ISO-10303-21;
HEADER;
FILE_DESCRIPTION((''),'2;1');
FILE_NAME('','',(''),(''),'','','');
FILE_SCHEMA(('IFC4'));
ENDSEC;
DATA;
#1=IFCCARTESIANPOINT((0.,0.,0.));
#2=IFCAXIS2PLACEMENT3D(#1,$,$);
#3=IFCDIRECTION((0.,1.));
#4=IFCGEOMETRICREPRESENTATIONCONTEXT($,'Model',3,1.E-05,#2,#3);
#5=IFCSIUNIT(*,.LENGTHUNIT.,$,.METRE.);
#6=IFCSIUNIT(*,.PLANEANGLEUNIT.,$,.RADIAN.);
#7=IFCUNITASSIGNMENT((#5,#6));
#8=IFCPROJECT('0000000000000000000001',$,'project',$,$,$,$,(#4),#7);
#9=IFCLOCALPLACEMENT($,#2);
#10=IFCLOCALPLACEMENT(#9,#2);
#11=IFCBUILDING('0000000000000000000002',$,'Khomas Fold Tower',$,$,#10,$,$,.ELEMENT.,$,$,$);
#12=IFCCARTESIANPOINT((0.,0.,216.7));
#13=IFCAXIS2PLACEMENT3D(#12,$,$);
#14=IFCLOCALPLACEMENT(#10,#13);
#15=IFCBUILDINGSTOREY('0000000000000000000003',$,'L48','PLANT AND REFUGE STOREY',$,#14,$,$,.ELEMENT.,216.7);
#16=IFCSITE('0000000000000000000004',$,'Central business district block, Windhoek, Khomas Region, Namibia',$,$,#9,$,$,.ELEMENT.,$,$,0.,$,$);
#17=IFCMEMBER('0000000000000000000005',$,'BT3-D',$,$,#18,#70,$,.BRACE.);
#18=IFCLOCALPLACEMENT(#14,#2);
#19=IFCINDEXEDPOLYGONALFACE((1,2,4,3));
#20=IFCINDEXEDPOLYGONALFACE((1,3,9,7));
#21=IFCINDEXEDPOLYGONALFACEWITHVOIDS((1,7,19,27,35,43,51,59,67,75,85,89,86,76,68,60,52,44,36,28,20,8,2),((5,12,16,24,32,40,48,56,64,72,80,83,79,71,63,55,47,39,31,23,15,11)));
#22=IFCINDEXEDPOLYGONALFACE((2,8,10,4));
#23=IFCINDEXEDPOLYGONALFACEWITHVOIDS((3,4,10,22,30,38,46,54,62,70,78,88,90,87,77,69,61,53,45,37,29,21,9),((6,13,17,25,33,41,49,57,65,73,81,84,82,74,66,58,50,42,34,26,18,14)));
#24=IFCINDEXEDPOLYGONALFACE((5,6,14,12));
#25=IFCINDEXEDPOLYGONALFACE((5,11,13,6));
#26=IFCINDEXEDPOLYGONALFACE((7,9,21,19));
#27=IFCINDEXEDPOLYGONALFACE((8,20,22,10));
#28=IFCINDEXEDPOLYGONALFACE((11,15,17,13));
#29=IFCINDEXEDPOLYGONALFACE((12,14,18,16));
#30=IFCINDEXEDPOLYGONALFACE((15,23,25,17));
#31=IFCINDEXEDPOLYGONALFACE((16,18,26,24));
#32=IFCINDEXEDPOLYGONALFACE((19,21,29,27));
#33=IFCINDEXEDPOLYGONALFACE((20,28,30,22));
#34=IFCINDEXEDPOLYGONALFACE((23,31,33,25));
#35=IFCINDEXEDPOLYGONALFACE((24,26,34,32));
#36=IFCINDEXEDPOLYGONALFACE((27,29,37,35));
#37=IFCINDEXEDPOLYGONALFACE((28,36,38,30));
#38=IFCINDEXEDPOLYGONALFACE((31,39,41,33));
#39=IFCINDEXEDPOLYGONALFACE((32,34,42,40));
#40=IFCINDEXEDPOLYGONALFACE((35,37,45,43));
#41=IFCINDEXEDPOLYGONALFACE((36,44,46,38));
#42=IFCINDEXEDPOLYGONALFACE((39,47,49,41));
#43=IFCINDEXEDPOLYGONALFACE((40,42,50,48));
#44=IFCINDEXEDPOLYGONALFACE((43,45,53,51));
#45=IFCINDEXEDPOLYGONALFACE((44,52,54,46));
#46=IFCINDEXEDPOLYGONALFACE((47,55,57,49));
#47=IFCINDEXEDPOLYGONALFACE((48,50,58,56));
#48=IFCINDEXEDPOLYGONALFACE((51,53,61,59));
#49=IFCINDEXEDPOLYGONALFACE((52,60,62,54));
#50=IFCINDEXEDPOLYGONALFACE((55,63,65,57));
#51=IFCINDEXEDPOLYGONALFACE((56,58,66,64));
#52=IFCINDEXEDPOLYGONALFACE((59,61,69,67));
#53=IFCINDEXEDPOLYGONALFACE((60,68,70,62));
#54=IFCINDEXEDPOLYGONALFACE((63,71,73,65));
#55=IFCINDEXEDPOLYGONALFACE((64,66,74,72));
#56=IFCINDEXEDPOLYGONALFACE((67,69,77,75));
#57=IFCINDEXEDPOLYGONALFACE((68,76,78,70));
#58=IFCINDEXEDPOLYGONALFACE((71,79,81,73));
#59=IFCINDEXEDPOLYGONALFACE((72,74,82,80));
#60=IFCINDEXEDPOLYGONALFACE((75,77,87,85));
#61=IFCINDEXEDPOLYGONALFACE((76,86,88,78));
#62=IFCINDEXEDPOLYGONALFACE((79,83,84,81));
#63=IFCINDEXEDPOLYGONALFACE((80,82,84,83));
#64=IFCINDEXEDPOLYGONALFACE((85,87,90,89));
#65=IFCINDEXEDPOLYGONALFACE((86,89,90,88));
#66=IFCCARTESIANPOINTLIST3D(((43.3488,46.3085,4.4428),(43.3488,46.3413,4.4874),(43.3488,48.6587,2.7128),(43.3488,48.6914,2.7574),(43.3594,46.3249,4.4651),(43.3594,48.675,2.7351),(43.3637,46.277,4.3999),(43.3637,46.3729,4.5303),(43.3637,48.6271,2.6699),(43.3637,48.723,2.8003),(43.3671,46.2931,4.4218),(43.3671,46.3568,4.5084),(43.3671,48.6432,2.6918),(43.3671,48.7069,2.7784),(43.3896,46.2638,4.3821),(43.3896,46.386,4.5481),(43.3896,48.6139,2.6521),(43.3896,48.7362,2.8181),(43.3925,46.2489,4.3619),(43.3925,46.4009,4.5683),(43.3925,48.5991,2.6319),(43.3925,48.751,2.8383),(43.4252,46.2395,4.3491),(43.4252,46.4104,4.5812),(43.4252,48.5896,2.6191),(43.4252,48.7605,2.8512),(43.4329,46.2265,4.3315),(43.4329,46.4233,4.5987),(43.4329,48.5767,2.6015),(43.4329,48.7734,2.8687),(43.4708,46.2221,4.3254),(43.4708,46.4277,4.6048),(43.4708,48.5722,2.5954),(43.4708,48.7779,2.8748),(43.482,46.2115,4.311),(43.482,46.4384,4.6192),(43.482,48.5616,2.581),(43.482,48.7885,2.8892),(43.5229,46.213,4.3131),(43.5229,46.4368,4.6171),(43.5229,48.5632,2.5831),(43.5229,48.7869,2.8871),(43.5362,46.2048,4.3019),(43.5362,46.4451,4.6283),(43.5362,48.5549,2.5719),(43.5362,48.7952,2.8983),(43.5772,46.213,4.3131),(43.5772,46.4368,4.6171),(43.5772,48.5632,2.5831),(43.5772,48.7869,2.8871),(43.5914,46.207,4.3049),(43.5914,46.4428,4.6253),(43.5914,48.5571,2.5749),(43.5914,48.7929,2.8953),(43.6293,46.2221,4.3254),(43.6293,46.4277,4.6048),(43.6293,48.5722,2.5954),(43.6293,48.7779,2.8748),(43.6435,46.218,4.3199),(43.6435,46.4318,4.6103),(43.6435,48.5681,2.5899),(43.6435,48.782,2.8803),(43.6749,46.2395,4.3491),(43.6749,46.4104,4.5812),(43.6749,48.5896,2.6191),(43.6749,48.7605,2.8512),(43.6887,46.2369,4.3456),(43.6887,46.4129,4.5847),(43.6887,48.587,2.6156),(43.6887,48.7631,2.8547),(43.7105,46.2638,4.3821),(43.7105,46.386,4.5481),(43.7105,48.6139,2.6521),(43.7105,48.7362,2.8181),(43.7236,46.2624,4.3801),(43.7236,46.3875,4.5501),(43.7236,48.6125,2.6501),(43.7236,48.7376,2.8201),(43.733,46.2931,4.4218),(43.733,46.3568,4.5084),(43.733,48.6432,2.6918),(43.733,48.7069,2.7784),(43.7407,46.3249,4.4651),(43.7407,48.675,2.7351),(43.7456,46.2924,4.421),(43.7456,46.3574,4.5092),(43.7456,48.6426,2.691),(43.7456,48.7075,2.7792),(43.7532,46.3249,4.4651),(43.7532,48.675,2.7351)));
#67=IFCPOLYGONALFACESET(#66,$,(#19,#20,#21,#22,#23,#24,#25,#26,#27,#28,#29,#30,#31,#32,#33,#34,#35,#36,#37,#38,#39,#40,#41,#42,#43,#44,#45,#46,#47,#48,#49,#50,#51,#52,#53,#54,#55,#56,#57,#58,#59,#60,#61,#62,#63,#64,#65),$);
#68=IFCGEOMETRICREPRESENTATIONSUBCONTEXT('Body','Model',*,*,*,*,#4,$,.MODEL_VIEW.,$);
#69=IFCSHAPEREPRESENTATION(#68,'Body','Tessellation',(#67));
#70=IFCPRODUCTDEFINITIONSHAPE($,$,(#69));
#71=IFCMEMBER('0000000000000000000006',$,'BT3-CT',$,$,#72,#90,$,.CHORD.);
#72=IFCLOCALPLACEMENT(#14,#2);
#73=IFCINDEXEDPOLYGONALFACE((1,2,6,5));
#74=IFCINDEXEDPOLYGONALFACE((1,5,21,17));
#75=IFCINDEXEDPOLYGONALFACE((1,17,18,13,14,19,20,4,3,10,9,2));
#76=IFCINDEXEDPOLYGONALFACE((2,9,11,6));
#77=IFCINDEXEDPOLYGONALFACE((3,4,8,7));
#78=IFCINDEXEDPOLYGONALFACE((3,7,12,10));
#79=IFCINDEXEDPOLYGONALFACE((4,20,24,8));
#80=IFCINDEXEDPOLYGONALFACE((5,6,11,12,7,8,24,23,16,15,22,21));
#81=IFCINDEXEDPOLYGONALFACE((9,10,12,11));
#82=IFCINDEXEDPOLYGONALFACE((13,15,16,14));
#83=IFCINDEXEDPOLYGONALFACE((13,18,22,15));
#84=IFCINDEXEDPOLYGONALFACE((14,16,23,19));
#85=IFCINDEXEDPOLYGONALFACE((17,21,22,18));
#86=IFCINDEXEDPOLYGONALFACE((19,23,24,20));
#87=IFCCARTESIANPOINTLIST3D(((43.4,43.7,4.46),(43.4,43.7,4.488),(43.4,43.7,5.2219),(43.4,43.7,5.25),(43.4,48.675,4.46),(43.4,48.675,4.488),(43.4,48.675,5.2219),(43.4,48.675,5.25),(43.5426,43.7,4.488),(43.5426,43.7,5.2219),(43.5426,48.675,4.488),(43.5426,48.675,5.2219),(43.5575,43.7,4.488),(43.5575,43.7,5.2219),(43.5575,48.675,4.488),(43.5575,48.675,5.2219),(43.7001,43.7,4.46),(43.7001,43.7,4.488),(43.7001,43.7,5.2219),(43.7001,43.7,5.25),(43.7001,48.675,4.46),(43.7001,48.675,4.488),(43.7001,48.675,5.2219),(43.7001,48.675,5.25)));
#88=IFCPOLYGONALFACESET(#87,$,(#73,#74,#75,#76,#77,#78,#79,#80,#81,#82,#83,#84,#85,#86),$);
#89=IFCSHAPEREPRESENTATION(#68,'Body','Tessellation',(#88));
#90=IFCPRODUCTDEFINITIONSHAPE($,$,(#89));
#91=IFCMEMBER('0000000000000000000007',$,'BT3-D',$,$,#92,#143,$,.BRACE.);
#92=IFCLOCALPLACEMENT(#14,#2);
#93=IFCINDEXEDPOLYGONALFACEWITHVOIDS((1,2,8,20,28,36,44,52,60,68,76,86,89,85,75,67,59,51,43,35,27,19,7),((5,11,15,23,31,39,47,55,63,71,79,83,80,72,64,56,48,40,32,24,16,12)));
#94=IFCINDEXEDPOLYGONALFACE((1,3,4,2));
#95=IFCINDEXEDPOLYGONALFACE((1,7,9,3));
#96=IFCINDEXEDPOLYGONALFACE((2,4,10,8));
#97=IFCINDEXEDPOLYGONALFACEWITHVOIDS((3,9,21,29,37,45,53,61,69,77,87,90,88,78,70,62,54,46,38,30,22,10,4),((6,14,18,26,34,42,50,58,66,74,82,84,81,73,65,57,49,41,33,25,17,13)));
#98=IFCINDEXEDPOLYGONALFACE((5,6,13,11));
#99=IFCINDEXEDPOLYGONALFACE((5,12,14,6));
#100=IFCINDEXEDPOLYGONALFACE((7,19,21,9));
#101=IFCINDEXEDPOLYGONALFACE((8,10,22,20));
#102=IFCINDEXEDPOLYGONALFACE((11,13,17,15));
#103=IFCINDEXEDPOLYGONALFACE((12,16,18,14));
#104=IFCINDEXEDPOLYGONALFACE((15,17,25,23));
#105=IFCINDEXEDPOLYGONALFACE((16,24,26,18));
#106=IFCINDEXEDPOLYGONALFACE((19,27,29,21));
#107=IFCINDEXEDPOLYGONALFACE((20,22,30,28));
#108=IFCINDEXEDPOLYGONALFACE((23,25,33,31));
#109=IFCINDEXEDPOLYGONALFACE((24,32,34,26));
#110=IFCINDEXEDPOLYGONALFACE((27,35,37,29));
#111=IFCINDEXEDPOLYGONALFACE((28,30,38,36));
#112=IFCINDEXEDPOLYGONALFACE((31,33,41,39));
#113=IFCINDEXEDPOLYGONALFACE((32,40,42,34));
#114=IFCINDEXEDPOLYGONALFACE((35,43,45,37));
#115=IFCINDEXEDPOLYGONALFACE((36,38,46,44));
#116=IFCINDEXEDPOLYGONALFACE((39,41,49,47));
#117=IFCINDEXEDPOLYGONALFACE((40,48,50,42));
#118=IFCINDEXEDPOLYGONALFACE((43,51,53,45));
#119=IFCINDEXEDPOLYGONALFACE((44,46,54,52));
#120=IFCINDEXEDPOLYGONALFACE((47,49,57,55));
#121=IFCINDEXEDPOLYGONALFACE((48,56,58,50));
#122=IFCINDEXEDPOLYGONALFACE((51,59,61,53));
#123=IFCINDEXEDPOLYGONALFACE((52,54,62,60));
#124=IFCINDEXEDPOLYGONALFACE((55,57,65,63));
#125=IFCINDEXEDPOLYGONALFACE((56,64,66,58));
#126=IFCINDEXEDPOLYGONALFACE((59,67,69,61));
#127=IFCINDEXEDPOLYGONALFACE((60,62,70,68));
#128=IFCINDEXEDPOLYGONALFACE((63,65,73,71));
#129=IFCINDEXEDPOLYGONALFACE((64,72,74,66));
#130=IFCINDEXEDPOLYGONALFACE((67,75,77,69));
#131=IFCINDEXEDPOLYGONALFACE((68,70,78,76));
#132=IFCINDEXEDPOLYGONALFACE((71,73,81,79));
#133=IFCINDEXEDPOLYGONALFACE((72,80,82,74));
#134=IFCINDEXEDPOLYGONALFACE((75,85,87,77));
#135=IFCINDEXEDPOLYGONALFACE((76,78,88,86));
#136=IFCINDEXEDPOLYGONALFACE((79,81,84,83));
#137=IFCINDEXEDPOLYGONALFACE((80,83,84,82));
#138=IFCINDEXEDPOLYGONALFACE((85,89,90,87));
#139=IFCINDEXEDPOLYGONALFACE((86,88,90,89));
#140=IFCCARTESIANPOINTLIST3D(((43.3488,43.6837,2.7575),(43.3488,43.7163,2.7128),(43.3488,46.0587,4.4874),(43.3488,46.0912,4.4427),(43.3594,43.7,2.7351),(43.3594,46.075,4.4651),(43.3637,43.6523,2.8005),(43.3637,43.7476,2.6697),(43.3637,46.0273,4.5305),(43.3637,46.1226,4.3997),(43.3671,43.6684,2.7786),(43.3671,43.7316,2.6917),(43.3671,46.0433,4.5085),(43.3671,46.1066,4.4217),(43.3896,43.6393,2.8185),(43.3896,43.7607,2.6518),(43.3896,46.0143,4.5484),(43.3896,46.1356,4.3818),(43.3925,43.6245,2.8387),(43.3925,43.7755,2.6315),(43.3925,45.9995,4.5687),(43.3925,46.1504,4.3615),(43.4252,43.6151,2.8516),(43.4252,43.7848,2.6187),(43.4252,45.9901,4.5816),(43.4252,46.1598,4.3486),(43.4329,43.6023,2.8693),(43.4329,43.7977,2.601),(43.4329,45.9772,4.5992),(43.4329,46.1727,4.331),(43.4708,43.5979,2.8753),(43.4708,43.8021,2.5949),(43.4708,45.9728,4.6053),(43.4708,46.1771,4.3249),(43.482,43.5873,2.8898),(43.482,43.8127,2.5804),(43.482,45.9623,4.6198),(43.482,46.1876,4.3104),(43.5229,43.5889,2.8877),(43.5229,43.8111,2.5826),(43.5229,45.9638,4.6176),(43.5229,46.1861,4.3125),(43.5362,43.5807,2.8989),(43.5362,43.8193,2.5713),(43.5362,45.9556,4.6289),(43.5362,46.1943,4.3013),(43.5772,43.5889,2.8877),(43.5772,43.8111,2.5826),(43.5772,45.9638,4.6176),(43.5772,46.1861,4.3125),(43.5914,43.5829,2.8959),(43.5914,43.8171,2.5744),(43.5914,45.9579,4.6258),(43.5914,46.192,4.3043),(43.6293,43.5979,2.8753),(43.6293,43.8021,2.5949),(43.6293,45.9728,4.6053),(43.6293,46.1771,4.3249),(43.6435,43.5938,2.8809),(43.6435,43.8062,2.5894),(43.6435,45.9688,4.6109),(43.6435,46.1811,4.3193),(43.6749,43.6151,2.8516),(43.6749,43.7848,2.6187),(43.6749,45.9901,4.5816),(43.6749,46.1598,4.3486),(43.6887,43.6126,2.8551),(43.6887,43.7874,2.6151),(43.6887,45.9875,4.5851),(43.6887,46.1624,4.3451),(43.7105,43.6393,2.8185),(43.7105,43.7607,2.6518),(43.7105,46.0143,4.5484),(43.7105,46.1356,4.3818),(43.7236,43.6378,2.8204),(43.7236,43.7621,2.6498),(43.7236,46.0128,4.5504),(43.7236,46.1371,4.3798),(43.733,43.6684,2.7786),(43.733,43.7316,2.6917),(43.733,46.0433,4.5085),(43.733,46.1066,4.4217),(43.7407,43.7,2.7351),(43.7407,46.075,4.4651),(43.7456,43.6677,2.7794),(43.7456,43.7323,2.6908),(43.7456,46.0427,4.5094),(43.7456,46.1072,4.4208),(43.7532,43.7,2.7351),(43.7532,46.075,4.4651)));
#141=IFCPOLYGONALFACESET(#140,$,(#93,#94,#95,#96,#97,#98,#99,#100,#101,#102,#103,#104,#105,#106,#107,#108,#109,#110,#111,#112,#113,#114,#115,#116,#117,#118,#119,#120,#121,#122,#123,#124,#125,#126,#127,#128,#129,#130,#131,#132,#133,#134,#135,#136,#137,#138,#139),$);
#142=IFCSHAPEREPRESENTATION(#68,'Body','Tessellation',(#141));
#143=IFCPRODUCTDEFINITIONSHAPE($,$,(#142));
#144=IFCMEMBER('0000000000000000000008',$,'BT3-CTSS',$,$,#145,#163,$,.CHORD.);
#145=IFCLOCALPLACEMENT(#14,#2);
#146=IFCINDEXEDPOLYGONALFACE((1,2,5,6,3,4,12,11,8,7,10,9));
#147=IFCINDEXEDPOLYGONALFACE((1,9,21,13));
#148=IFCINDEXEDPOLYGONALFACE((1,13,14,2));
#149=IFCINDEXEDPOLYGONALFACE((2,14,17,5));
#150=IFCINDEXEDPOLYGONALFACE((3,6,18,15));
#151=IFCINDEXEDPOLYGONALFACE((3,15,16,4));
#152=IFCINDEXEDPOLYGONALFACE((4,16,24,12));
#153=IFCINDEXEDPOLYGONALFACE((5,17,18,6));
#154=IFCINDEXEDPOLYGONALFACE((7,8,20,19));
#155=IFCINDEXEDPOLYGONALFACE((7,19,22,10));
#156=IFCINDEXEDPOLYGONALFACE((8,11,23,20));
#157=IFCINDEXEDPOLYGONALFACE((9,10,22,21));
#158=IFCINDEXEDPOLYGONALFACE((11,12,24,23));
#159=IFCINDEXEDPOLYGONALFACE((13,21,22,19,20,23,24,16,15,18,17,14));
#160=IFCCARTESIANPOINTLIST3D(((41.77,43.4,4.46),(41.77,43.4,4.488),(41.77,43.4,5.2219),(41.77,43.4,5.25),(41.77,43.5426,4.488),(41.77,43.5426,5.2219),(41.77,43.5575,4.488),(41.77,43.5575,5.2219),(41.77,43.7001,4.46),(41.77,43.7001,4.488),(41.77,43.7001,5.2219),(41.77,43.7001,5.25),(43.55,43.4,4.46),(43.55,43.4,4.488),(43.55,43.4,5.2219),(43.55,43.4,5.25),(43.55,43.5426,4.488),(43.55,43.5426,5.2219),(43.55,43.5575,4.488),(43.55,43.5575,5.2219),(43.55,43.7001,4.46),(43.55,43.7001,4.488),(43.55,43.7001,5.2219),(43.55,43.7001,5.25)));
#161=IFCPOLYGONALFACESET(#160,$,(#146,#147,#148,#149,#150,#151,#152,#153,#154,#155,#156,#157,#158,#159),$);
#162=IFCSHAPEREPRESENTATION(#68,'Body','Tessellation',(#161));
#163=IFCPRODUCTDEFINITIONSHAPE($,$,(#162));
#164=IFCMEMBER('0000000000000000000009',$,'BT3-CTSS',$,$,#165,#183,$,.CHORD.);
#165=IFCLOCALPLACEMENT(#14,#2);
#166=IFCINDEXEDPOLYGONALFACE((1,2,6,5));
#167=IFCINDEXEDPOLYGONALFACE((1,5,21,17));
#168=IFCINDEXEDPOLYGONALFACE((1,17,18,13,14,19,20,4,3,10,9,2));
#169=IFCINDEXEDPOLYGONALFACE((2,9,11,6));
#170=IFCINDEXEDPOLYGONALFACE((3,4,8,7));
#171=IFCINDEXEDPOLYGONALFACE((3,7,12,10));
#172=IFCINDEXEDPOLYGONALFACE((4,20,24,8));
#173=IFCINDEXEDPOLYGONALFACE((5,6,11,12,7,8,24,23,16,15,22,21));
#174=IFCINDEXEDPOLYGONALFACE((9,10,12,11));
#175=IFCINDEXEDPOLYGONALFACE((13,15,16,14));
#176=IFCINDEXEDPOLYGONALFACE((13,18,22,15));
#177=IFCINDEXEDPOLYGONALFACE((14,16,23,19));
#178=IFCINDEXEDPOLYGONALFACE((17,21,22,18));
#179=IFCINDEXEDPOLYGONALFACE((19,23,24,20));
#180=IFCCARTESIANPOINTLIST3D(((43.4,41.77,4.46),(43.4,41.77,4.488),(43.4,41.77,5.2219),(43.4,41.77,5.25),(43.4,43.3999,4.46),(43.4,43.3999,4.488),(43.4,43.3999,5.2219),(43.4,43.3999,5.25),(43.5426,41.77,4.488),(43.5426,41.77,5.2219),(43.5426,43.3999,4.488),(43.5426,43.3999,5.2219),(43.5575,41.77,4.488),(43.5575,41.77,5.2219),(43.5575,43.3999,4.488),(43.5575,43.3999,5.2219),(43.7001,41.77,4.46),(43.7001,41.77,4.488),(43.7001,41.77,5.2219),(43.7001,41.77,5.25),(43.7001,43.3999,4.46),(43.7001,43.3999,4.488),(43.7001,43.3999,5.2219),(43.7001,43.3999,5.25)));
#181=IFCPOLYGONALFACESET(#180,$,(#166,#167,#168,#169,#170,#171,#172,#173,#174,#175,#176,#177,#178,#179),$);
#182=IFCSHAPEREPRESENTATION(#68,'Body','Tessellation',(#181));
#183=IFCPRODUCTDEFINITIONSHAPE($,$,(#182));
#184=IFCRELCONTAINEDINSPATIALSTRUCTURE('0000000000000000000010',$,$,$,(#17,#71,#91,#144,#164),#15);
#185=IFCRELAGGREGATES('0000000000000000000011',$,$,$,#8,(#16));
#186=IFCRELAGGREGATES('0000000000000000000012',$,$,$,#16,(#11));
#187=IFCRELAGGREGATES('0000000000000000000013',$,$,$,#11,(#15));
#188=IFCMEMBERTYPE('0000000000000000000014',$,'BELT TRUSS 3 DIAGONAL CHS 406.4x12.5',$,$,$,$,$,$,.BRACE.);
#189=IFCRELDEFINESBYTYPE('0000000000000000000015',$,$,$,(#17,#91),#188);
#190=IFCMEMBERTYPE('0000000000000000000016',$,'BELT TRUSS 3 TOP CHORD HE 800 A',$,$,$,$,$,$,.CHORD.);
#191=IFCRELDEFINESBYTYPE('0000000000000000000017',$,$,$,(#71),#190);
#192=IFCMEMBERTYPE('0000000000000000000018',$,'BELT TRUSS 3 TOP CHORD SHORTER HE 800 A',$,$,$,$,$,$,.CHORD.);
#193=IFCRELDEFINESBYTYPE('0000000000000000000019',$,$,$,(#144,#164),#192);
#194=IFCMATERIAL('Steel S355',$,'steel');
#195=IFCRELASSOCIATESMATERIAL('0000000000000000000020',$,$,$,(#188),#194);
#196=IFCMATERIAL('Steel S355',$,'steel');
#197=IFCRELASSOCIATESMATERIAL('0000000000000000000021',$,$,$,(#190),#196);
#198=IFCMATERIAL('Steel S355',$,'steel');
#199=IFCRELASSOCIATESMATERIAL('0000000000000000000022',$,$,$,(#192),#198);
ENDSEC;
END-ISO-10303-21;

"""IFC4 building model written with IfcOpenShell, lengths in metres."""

from ifc_helpers import new_model, si_unit, direction, frame, origin, origin_2d, place, context, subcontext, project, spatial, hollow_circle, i_section, extrude, source, transform, mapped, material, material_profile, profile_set, type_object, element, save


model = new_model("IFC4")

# Units and contexts
model_context = context("Model", 3, precision=1e-05, world=origin(), true_north=direction((0.0, 1.0)))
body_context = subcontext(model_context, "Body", "Model", "MODEL_VIEW")
ifc_project = project(units=[si_unit("LENGTHUNIT", "METRE"), si_unit("PLANEANGLEUNIT", "RADIAN")], contexts=[model_context])

# Site, building, storey
site_placement = place(None, origin())
site = spatial("IfcSite", under=ifc_project, at=site_placement, Name="Central business district block, Windhoek, Khomas Region, Namibia", CompositionType="ELEMENT", RefElevation=0.0)
building_placement = place(site_placement, origin())
building = spatial("IfcBuilding", under=site, at=building_placement, Name="Khomas Fold Tower", CompositionType="ELEMENT")
storey_placement = place(building_placement, frame((0.0, 0.0, 216.7)))
storey = spatial("IfcBuildingStorey", under=building, at=storey_placement, Name="L48", Description="PLANT AND REFUGE STOREY", CompositionType="ELEMENT", Elevation=216.7)

# Members
ifc_material_1 = material(Name="Steel S355", Category="steel")
ifc_material_profile_1 = material_profile(ifc_material_1, hollow_circle(Radius=0.2031, WallThickness=0.0125, at=origin_2d()), Name="CHS 406.4x12.5")
ifc_profile_set_1 = profile_set([ifc_material_profile_1], Name="Steel S355")
member_type_1 = type_object("IfcMemberType", Name="BELT TRUSS 3 DIAGONAL CHS 406.4x12.5", PredefinedType="BRACE", material=ifc_profile_set_1)
shared_shape_1 = source(origin(), body_context, "Body", "SweptSolid", [
    extrude(hollow_circle(Radius=0.2031, WallThickness=0.0125, at=origin_2d()), origin(), (0.0, 0.0, 1.0), 2.9182),
])
member_1_placement = place(storey_placement, frame((43.55, 48.675, 2.7351), z_axis=(0.0, -0.805329, 0.592828), x_axis=(1.0, 0.0, 0.0)))
element("IfcMember", 1, at=member_1_placement, inside=storey, type_object=member_type_1, Name="BT3-D", PredefinedType="BRACE", context=body_context, shape_type="MappedRepresentation", body=[
    mapped(shared_shape_1, transform((0.0, 0.0, 0.0))),
])
ifc_material_2 = material(Name="Steel S355", Category="steel")
ifc_material_profile_2 = material_profile(ifc_material_2, i_section(OverallWidth=0.3, OverallDepth=0.79, WebThickness=0.0149, FlangeThickness=0.0281, at=origin_2d()), Name="HE 800 A")
ifc_profile_set_2 = profile_set([ifc_material_profile_2], Name="Steel S355")
member_type_2 = type_object("IfcMemberType", Name="BELT TRUSS 3 TOP CHORD HE 800 A", PredefinedType="CHORD", material=ifc_profile_set_2)
shared_shape_2 = source(origin(), body_context, "Body", "SweptSolid", [
    extrude(i_section(OverallWidth=0.3, OverallDepth=0.79, WebThickness=0.0149, FlangeThickness=0.0281, at=origin_2d()), origin(), (0.0, 0.0, 1.0), 4.9751),
])
member_2_placement = place(storey_placement, frame((43.55, 48.675, 4.855), z_axis=(0.0, -1.0, 0.0), x_axis=(1.0, 0.0, 0.0)))
element("IfcMember", 2, at=member_2_placement, inside=storey, type_object=member_type_2, Name="BT3-CT", PredefinedType="CHORD", context=body_context, shape_type="MappedRepresentation", body=[
    mapped(shared_shape_2, transform((0.0, 0.0, 0.0))),
])
shared_shape_3 = source(origin(), body_context, "Body", "SweptSolid", [
    extrude(hollow_circle(Radius=0.2031, WallThickness=0.0125, at=origin_2d()), origin(), (0.0, 0.0, 1.0), 2.9382),
])
member_3_placement = place(storey_placement, frame((43.55, 46.075, 4.4651), z_axis=(0.0, -0.808298, -0.588774), x_axis=(1.0, 0.0, 0.0)))
element("IfcMember", 3, at=member_3_placement, inside=storey, type_object=member_type_1, Name="BT3-D", PredefinedType="BRACE", context=body_context, shape_type="MappedRepresentation", body=[
    mapped(shared_shape_3, transform((0.0, 0.0, 0.0))),
])
ifc_material_3 = material(Name="Steel S355", Category="steel")
ifc_material_profile_3 = material_profile(ifc_material_3, i_section(OverallWidth=0.3, OverallDepth=0.79, WebThickness=0.0149, FlangeThickness=0.0281, at=origin_2d()), Name="HE 800 A")
ifc_profile_set_3 = profile_set([ifc_material_profile_3], Name="Steel S355")
member_type_3 = type_object("IfcMemberType", Name="BELT TRUSS 3 TOP CHORD SHORTER HE 800 A", PredefinedType="CHORD", material=ifc_profile_set_3)
shared_shape_4 = source(origin(), body_context, "Body", "SweptSolid", [
    extrude(i_section(OverallWidth=0.3, OverallDepth=0.79, WebThickness=0.0149, FlangeThickness=0.0281, at=origin_2d()), origin(), (0.0, 0.0, 1.0), 1.78),
])
member_4_placement = place(storey_placement, frame((43.55, 43.55, 4.855), z_axis=(-1.0, 0.0, 0.0), x_axis=(0.0, -1.0, 0.0)))
element("IfcMember", 4, at=member_4_placement, inside=storey, type_object=member_type_3, Name="BT3-CTSS", PredefinedType="CHORD", context=body_context, shape_type="MappedRepresentation", body=[
    mapped(shared_shape_4, transform((0.0, 0.0, 0.0))),
])
shared_shape_5 = source(origin(), body_context, "Body", "SweptSolid", [
    extrude(i_section(OverallWidth=0.3, OverallDepth=0.79, WebThickness=0.0149, FlangeThickness=0.0281, at=origin_2d()), origin(), (0.0, 0.0, 1.0), 1.6299),
])
member_5_placement = place(storey_placement, frame((43.55, 43.3999, 4.855), z_axis=(0.0, -1.0, 0.0), x_axis=(1.0, 0.0, 0.0)))
element("IfcMember", 5, at=member_5_placement, inside=storey, type_object=member_type_3, Name="BT3-CTSS", PredefinedType="CHORD", context=body_context, shape_type="MappedRepresentation", body=[
    mapped(shared_shape_5, transform((0.0, 0.0, 0.0))),
])

save(model, "model.ifc")
